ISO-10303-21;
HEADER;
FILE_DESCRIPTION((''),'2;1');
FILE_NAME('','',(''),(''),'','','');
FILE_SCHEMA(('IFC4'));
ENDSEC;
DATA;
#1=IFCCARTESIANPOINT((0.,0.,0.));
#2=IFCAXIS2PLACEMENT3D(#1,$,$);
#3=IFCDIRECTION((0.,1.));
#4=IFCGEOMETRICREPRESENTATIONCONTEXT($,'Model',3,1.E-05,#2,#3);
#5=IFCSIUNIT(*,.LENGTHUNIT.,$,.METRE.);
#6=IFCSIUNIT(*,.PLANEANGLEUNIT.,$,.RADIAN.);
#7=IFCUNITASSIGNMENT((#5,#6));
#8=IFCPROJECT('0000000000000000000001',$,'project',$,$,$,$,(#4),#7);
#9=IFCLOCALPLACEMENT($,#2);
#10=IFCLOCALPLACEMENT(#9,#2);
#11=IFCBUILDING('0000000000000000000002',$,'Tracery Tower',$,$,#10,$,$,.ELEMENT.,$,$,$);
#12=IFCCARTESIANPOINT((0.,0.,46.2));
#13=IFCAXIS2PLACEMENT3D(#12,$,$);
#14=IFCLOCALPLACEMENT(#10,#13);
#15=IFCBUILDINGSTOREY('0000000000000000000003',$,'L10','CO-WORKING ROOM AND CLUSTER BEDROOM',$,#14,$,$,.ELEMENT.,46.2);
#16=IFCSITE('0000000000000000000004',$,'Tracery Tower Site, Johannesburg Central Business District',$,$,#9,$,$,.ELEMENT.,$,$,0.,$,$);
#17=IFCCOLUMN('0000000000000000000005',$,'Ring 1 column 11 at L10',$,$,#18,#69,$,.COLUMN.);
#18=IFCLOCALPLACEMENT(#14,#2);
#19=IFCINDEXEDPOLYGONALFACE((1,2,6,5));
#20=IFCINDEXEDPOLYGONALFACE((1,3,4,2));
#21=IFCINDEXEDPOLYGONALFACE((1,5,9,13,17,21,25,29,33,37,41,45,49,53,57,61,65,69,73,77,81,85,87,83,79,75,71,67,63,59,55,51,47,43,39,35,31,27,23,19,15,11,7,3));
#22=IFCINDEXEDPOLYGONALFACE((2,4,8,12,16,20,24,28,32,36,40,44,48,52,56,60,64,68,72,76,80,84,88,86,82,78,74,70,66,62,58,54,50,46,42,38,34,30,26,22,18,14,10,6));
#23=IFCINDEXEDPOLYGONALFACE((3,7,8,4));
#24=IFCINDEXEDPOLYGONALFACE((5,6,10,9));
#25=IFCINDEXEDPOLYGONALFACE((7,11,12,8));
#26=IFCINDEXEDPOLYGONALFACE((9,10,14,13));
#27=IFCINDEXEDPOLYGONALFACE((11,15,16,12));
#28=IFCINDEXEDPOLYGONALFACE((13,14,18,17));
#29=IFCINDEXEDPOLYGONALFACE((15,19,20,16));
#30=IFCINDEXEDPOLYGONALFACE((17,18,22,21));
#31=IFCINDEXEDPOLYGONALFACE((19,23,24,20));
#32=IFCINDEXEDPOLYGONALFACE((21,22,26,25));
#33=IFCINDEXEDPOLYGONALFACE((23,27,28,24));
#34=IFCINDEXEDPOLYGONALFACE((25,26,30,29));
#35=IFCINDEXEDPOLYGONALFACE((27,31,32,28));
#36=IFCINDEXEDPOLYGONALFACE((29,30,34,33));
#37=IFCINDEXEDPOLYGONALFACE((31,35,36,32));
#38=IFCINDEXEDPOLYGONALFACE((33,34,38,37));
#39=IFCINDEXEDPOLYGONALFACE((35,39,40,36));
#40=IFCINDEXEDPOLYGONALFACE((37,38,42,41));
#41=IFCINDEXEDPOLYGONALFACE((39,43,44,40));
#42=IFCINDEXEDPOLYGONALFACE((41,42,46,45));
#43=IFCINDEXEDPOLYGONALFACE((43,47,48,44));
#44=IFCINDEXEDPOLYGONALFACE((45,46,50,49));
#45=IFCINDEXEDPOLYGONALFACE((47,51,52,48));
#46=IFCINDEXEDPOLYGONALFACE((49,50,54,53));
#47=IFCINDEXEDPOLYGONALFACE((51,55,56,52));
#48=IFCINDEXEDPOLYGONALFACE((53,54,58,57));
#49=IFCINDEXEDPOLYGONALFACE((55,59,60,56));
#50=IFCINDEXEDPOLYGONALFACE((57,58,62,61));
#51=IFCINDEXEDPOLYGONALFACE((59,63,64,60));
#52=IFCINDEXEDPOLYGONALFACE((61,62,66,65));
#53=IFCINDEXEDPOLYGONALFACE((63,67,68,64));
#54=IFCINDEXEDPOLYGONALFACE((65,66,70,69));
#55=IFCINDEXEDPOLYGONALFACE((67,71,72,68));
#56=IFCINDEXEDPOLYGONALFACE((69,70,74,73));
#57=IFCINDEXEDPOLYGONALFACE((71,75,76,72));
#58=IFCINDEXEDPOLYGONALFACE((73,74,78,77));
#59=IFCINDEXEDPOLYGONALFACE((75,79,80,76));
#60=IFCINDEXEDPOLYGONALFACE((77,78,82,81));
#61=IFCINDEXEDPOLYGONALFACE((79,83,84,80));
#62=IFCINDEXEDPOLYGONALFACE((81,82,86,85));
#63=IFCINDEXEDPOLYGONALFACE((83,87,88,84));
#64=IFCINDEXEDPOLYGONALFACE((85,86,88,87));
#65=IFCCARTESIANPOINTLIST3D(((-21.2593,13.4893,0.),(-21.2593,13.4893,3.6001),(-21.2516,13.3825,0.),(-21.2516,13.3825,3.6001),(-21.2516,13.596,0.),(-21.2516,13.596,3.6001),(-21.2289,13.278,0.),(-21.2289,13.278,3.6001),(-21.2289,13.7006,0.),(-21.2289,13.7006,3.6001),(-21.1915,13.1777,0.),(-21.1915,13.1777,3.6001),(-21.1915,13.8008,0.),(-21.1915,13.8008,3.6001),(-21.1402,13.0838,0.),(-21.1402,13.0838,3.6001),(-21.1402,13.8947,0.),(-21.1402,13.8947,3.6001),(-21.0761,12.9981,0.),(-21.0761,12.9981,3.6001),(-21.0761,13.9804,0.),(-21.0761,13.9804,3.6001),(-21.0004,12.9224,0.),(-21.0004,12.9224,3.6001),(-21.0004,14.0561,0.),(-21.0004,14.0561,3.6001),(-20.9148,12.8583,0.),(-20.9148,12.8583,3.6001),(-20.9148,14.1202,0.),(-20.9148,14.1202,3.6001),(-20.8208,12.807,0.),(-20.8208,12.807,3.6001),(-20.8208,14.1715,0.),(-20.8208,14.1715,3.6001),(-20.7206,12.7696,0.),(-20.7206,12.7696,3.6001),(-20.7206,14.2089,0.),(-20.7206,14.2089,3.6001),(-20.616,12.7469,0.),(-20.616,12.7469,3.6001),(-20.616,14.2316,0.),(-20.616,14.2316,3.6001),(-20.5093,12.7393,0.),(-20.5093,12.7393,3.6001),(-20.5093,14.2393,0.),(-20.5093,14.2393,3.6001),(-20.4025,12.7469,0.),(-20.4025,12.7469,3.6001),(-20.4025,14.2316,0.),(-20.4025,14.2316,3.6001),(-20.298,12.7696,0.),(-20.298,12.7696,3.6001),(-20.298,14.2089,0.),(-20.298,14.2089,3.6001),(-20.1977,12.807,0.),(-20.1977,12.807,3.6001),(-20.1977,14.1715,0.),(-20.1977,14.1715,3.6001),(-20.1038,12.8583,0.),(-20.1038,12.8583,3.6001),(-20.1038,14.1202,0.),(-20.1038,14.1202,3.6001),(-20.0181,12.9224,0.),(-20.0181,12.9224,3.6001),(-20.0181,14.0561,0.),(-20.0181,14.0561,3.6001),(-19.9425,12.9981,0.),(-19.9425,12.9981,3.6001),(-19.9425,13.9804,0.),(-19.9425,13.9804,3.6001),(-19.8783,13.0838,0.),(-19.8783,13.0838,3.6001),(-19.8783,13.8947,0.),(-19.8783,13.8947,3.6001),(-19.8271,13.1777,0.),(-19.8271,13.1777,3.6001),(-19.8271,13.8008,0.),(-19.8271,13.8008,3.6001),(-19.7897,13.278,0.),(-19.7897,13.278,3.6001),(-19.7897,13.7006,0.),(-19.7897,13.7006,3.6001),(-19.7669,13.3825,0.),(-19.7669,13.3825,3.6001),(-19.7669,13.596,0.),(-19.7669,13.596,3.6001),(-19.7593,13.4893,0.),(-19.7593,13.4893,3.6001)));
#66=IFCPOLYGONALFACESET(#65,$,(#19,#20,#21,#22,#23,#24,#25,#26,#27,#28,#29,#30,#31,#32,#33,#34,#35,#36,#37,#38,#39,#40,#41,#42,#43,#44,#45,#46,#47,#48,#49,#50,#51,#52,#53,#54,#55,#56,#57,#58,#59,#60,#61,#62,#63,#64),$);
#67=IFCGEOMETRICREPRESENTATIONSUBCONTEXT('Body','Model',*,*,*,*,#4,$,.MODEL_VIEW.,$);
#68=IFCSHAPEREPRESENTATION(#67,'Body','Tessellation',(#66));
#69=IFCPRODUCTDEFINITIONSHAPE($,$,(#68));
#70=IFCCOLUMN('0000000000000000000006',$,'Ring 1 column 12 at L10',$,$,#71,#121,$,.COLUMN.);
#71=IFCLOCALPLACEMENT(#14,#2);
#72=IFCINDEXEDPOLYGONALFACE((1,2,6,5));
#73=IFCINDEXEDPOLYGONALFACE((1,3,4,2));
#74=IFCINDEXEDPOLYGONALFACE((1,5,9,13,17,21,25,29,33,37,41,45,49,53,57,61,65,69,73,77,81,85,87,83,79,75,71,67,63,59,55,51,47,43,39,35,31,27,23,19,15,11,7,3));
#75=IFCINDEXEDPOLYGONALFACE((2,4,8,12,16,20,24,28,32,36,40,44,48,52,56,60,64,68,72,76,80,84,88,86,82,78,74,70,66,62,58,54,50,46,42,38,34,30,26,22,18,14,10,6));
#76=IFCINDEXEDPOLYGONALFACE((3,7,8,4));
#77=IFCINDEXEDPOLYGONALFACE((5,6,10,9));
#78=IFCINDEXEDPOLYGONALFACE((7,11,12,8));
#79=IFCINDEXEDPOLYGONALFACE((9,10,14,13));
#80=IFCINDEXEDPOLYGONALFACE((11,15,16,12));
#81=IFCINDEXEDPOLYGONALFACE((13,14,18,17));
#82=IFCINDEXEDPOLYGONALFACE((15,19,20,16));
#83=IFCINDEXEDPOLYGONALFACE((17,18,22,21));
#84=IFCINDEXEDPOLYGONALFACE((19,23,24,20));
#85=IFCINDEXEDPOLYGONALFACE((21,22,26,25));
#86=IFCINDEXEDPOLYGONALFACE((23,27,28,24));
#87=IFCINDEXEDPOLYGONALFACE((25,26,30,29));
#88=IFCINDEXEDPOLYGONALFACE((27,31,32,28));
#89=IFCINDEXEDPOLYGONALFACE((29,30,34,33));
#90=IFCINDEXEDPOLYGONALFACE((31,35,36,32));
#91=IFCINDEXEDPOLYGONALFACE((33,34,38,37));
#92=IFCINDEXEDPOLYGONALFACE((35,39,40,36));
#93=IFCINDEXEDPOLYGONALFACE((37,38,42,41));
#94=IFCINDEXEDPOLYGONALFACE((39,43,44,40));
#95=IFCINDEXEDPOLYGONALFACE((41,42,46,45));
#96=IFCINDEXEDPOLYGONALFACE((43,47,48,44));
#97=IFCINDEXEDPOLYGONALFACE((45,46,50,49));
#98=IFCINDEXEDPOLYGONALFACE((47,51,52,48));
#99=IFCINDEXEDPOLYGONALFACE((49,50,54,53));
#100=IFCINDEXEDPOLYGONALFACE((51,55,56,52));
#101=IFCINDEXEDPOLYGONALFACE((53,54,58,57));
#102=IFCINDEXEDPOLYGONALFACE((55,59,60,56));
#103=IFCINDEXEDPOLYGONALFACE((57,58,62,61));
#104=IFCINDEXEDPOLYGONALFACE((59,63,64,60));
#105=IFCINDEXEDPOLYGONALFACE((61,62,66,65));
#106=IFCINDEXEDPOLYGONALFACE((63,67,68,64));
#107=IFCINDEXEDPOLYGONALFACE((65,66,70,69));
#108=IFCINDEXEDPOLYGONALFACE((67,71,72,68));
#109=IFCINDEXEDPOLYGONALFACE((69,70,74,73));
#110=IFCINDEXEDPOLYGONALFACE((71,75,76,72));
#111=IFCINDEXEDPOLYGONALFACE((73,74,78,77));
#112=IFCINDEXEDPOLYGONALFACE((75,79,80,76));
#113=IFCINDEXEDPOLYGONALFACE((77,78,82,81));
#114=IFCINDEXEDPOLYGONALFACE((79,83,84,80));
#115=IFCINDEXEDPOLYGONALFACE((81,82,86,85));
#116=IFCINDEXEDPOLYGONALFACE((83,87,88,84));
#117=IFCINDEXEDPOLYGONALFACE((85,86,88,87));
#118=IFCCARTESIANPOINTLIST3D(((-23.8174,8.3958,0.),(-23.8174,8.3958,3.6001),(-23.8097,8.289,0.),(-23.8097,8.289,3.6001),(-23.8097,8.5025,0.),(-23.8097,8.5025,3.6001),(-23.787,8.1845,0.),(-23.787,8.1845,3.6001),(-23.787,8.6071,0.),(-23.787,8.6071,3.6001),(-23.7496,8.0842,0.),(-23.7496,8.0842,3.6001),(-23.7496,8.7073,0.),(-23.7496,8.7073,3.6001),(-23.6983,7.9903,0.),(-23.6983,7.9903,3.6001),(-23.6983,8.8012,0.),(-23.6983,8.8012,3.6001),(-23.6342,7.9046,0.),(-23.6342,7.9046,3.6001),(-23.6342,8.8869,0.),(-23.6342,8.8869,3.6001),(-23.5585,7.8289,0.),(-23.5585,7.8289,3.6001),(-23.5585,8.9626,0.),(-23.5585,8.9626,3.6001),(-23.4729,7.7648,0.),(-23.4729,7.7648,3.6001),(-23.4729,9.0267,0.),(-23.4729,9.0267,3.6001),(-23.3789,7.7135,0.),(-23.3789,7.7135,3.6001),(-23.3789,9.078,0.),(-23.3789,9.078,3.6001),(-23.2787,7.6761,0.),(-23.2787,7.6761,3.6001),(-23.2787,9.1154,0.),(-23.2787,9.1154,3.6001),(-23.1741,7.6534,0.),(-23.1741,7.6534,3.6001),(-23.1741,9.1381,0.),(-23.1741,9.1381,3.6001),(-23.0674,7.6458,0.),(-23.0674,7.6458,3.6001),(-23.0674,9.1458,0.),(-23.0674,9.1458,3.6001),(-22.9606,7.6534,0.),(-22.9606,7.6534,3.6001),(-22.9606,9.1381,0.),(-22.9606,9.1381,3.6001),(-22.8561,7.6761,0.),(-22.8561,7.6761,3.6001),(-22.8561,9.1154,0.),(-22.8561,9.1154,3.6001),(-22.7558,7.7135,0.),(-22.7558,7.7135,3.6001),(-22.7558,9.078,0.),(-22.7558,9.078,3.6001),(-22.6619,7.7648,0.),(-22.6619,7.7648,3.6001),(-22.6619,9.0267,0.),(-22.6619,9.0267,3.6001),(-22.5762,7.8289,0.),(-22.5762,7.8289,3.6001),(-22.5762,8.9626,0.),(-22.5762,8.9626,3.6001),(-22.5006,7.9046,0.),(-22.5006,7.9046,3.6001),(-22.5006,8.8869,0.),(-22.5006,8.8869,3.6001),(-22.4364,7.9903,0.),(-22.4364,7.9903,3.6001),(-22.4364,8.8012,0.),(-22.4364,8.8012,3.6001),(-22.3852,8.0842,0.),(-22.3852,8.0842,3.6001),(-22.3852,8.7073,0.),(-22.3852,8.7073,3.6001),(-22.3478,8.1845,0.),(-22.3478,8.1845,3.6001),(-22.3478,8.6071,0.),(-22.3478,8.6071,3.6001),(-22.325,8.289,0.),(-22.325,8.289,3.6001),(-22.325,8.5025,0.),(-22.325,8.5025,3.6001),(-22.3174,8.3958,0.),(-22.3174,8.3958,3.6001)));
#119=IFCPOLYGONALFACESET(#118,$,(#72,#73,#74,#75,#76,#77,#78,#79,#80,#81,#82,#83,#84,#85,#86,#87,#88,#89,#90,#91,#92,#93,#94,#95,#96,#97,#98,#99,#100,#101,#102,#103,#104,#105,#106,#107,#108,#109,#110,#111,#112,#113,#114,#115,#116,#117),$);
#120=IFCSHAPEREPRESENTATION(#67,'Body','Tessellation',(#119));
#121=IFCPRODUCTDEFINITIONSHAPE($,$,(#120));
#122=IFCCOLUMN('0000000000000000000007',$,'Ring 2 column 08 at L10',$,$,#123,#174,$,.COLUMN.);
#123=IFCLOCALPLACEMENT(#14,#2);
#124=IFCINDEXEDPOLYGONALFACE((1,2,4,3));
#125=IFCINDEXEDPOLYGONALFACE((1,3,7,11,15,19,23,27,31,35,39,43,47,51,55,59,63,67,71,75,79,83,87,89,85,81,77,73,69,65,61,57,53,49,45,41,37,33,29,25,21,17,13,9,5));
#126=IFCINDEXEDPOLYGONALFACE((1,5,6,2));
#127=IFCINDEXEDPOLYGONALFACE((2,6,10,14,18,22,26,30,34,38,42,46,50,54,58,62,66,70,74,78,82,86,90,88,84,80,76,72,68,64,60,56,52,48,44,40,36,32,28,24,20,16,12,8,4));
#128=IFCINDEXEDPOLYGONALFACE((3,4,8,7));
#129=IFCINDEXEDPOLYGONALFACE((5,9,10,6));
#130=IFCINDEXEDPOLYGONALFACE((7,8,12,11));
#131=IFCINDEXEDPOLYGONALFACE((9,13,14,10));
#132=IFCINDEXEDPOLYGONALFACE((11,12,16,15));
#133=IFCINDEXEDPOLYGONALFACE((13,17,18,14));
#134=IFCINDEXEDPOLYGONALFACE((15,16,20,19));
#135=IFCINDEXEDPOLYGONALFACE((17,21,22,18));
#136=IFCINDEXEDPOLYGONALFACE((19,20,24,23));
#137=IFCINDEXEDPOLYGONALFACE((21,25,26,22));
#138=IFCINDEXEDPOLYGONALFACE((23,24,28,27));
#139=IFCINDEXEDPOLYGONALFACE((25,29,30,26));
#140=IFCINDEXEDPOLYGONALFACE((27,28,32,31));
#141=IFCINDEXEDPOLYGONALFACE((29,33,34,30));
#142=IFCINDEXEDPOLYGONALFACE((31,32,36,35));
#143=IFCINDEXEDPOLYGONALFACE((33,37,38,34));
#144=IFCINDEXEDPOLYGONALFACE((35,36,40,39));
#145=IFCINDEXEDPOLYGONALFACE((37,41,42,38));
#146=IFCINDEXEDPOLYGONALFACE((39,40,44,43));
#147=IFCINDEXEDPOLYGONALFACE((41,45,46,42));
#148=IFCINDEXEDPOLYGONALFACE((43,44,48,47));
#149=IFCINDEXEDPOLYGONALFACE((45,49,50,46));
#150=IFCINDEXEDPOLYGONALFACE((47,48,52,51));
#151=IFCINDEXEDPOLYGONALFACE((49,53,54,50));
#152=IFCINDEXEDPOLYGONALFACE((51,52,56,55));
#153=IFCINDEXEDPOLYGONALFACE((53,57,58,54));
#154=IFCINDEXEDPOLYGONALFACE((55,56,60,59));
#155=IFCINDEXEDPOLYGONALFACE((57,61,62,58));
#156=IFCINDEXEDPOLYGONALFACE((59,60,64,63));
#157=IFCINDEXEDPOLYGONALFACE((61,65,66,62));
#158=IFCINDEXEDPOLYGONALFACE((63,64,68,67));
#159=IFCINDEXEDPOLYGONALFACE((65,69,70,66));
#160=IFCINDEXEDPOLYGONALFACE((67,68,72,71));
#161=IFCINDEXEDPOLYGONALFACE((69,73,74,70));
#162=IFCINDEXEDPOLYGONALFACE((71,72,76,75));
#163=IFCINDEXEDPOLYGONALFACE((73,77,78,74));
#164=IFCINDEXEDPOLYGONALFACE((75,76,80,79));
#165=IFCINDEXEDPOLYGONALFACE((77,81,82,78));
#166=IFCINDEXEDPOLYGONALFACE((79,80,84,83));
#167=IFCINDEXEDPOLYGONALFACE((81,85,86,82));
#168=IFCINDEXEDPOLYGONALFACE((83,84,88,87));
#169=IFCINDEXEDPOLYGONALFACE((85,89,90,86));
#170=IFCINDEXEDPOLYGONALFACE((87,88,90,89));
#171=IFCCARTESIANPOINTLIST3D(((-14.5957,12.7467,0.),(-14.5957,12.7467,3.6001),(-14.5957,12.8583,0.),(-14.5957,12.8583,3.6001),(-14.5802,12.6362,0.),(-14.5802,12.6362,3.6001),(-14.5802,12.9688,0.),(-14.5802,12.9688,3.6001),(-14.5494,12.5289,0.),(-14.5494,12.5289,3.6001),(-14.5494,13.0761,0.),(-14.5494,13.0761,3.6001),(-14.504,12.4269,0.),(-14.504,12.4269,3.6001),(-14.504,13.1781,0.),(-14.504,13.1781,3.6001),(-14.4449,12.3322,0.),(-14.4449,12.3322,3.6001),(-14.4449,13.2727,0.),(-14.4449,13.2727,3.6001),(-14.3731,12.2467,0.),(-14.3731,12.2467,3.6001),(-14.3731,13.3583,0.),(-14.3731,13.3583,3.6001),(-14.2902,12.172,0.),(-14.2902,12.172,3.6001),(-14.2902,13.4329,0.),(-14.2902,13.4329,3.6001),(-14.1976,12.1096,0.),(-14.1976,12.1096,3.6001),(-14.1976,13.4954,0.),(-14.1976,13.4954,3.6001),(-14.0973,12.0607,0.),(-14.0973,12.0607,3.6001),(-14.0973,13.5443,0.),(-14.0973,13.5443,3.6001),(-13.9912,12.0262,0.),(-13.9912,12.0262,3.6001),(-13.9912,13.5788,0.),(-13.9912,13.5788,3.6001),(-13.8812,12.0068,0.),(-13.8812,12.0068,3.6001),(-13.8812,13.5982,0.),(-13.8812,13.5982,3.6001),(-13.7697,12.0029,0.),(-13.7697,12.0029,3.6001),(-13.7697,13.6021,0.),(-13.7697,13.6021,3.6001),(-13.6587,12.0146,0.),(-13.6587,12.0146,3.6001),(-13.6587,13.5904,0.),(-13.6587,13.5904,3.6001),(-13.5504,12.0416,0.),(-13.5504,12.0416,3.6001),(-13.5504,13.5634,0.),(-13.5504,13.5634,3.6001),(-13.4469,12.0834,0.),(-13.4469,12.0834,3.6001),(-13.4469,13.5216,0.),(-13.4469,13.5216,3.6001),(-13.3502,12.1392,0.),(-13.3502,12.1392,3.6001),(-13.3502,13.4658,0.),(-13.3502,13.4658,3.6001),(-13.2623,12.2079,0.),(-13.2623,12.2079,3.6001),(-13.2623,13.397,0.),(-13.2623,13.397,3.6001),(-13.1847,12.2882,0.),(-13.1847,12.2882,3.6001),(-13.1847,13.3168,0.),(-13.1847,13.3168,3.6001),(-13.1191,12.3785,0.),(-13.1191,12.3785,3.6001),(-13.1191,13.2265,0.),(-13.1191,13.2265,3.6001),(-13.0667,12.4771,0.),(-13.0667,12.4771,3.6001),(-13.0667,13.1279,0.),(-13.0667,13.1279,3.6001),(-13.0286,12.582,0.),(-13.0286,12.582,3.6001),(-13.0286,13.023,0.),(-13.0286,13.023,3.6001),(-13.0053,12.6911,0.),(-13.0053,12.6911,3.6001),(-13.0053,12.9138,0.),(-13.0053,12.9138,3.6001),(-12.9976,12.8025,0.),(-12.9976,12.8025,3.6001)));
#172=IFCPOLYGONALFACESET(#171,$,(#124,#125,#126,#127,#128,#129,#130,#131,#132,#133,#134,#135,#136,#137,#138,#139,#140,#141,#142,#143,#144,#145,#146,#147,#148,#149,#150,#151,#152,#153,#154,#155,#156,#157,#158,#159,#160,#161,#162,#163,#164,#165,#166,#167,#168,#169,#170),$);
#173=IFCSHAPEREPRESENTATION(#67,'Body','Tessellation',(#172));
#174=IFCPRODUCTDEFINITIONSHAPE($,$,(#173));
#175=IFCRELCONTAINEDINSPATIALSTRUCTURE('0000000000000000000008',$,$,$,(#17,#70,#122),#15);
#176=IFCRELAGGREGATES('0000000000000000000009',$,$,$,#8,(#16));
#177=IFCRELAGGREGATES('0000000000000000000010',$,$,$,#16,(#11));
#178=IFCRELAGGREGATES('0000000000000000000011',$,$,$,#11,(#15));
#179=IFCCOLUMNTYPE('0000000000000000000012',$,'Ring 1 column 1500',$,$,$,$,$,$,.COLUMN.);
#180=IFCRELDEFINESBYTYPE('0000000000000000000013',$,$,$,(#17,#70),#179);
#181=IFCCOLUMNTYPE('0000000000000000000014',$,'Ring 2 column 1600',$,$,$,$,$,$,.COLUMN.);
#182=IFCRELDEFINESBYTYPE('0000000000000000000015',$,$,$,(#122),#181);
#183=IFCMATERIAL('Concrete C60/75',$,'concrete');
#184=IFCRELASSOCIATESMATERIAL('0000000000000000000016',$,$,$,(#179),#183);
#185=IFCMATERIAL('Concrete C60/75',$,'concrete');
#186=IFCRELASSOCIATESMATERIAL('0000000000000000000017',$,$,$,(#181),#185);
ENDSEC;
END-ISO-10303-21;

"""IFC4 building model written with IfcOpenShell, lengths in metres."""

from ifc_helpers import new_model, si_unit, direction, frame, origin, origin_2d, place, context, subcontext, project, spatial, circle, extrude, material, material_profile, profile_set, type_object, element, save


model = new_model("IFC4")

# Units and contexts
model_context = context("Model", 3, precision=1e-05, world=origin(), true_north=direction((0.0, 1.0)))
body_context = subcontext(model_context, "Body", "Model", "MODEL_VIEW")
ifc_project = project(units=[si_unit("LENGTHUNIT", "METRE"), si_unit("PLANEANGLEUNIT", "RADIAN")], contexts=[model_context])

# Site, building, storey
site_placement = place(None, origin())
site = spatial("IfcSite", under=ifc_project, at=site_placement, Name="Tracery Tower Site, Johannesburg Central Business District", CompositionType="ELEMENT", RefElevation=0.0)
building_placement = place(site_placement, origin())
building = spatial("IfcBuilding", under=site, at=building_placement, Name="Tracery Tower", CompositionType="ELEMENT")
storey_placement = place(building_placement, frame((0.0, 0.0, 46.2)))
storey = spatial("IfcBuildingStorey", under=building, at=storey_placement, Name="L10", Description="CO-WORKING ROOM AND CLUSTER BEDROOM", CompositionType="ELEMENT", Elevation=46.2)

# Columns
ifc_material_1 = material(Name="Concrete C60/75", Category="concrete")
ifc_material_profile_1 = material_profile(ifc_material_1, circle(Radius=0.75, at=origin_2d()), Name="RC D1500")
ifc_profile_set_1 = profile_set([ifc_material_profile_1], Name="Concrete C60/75")
column_type_1 = type_object("IfcColumnType", Name="Ring 1 column 1500", PredefinedType="COLUMN", material=ifc_profile_set_1)
for number, where, z_axis, x_axis, name in (
    (1, (-20.5093, 13.4893, 0.0), (0.0, 0.0, 1.0), (1.0, 0.0, 0.0), "Ring 1 column 11 at L10"),
    (2, (-23.0674, 8.3958, 0.0), (0.0, 0.0, 1.0), (1.0, 0.0, 0.0), "Ring 1 column 12 at L10"),
):
    element("IfcColumn", number, at=place(storey_placement, frame(where, z_axis=z_axis, x_axis=x_axis)), inside=storey, type_object=column_type_1, Name=name, PredefinedType="COLUMN", context=body_context, shape_type="SweptSolid", body=[
        extrude(circle(Radius=0.75, at=origin_2d()), origin(), (0.0, 0.0, 1.0), 3.6001),
    ])
ifc_material_2 = material(Name="Concrete C60/75", Category="concrete")
ifc_material_profile_2 = material_profile(ifc_material_2, circle(Radius=0.8, at=origin_2d()), Name="RC D1600")
ifc_profile_set_2 = profile_set([ifc_material_profile_2], Name="Concrete C60/75")
column_type_2 = type_object("IfcColumnType", Name="Ring 2 column 1600", PredefinedType="COLUMN", material=ifc_profile_set_2)
for number, where, z_axis, x_axis, name in (
    (3, (-13.7976, 12.8025, 0.0), (0.0, 0.0, 1.0), (1.0, 0.0, 0.0), "Ring 2 column 08 at L10"),
):
    element("IfcColumn", number, at=place(storey_placement, frame(where, z_axis=z_axis, x_axis=x_axis)), inside=storey, type_object=column_type_2, Name=name, PredefinedType="COLUMN", context=body_context, shape_type="SweptSolid", body=[
        extrude(circle(Radius=0.8, at=origin_2d()), origin(), (0.0, 0.0, 1.0), 3.6001),
    ])

save(model, "model.ifc")
